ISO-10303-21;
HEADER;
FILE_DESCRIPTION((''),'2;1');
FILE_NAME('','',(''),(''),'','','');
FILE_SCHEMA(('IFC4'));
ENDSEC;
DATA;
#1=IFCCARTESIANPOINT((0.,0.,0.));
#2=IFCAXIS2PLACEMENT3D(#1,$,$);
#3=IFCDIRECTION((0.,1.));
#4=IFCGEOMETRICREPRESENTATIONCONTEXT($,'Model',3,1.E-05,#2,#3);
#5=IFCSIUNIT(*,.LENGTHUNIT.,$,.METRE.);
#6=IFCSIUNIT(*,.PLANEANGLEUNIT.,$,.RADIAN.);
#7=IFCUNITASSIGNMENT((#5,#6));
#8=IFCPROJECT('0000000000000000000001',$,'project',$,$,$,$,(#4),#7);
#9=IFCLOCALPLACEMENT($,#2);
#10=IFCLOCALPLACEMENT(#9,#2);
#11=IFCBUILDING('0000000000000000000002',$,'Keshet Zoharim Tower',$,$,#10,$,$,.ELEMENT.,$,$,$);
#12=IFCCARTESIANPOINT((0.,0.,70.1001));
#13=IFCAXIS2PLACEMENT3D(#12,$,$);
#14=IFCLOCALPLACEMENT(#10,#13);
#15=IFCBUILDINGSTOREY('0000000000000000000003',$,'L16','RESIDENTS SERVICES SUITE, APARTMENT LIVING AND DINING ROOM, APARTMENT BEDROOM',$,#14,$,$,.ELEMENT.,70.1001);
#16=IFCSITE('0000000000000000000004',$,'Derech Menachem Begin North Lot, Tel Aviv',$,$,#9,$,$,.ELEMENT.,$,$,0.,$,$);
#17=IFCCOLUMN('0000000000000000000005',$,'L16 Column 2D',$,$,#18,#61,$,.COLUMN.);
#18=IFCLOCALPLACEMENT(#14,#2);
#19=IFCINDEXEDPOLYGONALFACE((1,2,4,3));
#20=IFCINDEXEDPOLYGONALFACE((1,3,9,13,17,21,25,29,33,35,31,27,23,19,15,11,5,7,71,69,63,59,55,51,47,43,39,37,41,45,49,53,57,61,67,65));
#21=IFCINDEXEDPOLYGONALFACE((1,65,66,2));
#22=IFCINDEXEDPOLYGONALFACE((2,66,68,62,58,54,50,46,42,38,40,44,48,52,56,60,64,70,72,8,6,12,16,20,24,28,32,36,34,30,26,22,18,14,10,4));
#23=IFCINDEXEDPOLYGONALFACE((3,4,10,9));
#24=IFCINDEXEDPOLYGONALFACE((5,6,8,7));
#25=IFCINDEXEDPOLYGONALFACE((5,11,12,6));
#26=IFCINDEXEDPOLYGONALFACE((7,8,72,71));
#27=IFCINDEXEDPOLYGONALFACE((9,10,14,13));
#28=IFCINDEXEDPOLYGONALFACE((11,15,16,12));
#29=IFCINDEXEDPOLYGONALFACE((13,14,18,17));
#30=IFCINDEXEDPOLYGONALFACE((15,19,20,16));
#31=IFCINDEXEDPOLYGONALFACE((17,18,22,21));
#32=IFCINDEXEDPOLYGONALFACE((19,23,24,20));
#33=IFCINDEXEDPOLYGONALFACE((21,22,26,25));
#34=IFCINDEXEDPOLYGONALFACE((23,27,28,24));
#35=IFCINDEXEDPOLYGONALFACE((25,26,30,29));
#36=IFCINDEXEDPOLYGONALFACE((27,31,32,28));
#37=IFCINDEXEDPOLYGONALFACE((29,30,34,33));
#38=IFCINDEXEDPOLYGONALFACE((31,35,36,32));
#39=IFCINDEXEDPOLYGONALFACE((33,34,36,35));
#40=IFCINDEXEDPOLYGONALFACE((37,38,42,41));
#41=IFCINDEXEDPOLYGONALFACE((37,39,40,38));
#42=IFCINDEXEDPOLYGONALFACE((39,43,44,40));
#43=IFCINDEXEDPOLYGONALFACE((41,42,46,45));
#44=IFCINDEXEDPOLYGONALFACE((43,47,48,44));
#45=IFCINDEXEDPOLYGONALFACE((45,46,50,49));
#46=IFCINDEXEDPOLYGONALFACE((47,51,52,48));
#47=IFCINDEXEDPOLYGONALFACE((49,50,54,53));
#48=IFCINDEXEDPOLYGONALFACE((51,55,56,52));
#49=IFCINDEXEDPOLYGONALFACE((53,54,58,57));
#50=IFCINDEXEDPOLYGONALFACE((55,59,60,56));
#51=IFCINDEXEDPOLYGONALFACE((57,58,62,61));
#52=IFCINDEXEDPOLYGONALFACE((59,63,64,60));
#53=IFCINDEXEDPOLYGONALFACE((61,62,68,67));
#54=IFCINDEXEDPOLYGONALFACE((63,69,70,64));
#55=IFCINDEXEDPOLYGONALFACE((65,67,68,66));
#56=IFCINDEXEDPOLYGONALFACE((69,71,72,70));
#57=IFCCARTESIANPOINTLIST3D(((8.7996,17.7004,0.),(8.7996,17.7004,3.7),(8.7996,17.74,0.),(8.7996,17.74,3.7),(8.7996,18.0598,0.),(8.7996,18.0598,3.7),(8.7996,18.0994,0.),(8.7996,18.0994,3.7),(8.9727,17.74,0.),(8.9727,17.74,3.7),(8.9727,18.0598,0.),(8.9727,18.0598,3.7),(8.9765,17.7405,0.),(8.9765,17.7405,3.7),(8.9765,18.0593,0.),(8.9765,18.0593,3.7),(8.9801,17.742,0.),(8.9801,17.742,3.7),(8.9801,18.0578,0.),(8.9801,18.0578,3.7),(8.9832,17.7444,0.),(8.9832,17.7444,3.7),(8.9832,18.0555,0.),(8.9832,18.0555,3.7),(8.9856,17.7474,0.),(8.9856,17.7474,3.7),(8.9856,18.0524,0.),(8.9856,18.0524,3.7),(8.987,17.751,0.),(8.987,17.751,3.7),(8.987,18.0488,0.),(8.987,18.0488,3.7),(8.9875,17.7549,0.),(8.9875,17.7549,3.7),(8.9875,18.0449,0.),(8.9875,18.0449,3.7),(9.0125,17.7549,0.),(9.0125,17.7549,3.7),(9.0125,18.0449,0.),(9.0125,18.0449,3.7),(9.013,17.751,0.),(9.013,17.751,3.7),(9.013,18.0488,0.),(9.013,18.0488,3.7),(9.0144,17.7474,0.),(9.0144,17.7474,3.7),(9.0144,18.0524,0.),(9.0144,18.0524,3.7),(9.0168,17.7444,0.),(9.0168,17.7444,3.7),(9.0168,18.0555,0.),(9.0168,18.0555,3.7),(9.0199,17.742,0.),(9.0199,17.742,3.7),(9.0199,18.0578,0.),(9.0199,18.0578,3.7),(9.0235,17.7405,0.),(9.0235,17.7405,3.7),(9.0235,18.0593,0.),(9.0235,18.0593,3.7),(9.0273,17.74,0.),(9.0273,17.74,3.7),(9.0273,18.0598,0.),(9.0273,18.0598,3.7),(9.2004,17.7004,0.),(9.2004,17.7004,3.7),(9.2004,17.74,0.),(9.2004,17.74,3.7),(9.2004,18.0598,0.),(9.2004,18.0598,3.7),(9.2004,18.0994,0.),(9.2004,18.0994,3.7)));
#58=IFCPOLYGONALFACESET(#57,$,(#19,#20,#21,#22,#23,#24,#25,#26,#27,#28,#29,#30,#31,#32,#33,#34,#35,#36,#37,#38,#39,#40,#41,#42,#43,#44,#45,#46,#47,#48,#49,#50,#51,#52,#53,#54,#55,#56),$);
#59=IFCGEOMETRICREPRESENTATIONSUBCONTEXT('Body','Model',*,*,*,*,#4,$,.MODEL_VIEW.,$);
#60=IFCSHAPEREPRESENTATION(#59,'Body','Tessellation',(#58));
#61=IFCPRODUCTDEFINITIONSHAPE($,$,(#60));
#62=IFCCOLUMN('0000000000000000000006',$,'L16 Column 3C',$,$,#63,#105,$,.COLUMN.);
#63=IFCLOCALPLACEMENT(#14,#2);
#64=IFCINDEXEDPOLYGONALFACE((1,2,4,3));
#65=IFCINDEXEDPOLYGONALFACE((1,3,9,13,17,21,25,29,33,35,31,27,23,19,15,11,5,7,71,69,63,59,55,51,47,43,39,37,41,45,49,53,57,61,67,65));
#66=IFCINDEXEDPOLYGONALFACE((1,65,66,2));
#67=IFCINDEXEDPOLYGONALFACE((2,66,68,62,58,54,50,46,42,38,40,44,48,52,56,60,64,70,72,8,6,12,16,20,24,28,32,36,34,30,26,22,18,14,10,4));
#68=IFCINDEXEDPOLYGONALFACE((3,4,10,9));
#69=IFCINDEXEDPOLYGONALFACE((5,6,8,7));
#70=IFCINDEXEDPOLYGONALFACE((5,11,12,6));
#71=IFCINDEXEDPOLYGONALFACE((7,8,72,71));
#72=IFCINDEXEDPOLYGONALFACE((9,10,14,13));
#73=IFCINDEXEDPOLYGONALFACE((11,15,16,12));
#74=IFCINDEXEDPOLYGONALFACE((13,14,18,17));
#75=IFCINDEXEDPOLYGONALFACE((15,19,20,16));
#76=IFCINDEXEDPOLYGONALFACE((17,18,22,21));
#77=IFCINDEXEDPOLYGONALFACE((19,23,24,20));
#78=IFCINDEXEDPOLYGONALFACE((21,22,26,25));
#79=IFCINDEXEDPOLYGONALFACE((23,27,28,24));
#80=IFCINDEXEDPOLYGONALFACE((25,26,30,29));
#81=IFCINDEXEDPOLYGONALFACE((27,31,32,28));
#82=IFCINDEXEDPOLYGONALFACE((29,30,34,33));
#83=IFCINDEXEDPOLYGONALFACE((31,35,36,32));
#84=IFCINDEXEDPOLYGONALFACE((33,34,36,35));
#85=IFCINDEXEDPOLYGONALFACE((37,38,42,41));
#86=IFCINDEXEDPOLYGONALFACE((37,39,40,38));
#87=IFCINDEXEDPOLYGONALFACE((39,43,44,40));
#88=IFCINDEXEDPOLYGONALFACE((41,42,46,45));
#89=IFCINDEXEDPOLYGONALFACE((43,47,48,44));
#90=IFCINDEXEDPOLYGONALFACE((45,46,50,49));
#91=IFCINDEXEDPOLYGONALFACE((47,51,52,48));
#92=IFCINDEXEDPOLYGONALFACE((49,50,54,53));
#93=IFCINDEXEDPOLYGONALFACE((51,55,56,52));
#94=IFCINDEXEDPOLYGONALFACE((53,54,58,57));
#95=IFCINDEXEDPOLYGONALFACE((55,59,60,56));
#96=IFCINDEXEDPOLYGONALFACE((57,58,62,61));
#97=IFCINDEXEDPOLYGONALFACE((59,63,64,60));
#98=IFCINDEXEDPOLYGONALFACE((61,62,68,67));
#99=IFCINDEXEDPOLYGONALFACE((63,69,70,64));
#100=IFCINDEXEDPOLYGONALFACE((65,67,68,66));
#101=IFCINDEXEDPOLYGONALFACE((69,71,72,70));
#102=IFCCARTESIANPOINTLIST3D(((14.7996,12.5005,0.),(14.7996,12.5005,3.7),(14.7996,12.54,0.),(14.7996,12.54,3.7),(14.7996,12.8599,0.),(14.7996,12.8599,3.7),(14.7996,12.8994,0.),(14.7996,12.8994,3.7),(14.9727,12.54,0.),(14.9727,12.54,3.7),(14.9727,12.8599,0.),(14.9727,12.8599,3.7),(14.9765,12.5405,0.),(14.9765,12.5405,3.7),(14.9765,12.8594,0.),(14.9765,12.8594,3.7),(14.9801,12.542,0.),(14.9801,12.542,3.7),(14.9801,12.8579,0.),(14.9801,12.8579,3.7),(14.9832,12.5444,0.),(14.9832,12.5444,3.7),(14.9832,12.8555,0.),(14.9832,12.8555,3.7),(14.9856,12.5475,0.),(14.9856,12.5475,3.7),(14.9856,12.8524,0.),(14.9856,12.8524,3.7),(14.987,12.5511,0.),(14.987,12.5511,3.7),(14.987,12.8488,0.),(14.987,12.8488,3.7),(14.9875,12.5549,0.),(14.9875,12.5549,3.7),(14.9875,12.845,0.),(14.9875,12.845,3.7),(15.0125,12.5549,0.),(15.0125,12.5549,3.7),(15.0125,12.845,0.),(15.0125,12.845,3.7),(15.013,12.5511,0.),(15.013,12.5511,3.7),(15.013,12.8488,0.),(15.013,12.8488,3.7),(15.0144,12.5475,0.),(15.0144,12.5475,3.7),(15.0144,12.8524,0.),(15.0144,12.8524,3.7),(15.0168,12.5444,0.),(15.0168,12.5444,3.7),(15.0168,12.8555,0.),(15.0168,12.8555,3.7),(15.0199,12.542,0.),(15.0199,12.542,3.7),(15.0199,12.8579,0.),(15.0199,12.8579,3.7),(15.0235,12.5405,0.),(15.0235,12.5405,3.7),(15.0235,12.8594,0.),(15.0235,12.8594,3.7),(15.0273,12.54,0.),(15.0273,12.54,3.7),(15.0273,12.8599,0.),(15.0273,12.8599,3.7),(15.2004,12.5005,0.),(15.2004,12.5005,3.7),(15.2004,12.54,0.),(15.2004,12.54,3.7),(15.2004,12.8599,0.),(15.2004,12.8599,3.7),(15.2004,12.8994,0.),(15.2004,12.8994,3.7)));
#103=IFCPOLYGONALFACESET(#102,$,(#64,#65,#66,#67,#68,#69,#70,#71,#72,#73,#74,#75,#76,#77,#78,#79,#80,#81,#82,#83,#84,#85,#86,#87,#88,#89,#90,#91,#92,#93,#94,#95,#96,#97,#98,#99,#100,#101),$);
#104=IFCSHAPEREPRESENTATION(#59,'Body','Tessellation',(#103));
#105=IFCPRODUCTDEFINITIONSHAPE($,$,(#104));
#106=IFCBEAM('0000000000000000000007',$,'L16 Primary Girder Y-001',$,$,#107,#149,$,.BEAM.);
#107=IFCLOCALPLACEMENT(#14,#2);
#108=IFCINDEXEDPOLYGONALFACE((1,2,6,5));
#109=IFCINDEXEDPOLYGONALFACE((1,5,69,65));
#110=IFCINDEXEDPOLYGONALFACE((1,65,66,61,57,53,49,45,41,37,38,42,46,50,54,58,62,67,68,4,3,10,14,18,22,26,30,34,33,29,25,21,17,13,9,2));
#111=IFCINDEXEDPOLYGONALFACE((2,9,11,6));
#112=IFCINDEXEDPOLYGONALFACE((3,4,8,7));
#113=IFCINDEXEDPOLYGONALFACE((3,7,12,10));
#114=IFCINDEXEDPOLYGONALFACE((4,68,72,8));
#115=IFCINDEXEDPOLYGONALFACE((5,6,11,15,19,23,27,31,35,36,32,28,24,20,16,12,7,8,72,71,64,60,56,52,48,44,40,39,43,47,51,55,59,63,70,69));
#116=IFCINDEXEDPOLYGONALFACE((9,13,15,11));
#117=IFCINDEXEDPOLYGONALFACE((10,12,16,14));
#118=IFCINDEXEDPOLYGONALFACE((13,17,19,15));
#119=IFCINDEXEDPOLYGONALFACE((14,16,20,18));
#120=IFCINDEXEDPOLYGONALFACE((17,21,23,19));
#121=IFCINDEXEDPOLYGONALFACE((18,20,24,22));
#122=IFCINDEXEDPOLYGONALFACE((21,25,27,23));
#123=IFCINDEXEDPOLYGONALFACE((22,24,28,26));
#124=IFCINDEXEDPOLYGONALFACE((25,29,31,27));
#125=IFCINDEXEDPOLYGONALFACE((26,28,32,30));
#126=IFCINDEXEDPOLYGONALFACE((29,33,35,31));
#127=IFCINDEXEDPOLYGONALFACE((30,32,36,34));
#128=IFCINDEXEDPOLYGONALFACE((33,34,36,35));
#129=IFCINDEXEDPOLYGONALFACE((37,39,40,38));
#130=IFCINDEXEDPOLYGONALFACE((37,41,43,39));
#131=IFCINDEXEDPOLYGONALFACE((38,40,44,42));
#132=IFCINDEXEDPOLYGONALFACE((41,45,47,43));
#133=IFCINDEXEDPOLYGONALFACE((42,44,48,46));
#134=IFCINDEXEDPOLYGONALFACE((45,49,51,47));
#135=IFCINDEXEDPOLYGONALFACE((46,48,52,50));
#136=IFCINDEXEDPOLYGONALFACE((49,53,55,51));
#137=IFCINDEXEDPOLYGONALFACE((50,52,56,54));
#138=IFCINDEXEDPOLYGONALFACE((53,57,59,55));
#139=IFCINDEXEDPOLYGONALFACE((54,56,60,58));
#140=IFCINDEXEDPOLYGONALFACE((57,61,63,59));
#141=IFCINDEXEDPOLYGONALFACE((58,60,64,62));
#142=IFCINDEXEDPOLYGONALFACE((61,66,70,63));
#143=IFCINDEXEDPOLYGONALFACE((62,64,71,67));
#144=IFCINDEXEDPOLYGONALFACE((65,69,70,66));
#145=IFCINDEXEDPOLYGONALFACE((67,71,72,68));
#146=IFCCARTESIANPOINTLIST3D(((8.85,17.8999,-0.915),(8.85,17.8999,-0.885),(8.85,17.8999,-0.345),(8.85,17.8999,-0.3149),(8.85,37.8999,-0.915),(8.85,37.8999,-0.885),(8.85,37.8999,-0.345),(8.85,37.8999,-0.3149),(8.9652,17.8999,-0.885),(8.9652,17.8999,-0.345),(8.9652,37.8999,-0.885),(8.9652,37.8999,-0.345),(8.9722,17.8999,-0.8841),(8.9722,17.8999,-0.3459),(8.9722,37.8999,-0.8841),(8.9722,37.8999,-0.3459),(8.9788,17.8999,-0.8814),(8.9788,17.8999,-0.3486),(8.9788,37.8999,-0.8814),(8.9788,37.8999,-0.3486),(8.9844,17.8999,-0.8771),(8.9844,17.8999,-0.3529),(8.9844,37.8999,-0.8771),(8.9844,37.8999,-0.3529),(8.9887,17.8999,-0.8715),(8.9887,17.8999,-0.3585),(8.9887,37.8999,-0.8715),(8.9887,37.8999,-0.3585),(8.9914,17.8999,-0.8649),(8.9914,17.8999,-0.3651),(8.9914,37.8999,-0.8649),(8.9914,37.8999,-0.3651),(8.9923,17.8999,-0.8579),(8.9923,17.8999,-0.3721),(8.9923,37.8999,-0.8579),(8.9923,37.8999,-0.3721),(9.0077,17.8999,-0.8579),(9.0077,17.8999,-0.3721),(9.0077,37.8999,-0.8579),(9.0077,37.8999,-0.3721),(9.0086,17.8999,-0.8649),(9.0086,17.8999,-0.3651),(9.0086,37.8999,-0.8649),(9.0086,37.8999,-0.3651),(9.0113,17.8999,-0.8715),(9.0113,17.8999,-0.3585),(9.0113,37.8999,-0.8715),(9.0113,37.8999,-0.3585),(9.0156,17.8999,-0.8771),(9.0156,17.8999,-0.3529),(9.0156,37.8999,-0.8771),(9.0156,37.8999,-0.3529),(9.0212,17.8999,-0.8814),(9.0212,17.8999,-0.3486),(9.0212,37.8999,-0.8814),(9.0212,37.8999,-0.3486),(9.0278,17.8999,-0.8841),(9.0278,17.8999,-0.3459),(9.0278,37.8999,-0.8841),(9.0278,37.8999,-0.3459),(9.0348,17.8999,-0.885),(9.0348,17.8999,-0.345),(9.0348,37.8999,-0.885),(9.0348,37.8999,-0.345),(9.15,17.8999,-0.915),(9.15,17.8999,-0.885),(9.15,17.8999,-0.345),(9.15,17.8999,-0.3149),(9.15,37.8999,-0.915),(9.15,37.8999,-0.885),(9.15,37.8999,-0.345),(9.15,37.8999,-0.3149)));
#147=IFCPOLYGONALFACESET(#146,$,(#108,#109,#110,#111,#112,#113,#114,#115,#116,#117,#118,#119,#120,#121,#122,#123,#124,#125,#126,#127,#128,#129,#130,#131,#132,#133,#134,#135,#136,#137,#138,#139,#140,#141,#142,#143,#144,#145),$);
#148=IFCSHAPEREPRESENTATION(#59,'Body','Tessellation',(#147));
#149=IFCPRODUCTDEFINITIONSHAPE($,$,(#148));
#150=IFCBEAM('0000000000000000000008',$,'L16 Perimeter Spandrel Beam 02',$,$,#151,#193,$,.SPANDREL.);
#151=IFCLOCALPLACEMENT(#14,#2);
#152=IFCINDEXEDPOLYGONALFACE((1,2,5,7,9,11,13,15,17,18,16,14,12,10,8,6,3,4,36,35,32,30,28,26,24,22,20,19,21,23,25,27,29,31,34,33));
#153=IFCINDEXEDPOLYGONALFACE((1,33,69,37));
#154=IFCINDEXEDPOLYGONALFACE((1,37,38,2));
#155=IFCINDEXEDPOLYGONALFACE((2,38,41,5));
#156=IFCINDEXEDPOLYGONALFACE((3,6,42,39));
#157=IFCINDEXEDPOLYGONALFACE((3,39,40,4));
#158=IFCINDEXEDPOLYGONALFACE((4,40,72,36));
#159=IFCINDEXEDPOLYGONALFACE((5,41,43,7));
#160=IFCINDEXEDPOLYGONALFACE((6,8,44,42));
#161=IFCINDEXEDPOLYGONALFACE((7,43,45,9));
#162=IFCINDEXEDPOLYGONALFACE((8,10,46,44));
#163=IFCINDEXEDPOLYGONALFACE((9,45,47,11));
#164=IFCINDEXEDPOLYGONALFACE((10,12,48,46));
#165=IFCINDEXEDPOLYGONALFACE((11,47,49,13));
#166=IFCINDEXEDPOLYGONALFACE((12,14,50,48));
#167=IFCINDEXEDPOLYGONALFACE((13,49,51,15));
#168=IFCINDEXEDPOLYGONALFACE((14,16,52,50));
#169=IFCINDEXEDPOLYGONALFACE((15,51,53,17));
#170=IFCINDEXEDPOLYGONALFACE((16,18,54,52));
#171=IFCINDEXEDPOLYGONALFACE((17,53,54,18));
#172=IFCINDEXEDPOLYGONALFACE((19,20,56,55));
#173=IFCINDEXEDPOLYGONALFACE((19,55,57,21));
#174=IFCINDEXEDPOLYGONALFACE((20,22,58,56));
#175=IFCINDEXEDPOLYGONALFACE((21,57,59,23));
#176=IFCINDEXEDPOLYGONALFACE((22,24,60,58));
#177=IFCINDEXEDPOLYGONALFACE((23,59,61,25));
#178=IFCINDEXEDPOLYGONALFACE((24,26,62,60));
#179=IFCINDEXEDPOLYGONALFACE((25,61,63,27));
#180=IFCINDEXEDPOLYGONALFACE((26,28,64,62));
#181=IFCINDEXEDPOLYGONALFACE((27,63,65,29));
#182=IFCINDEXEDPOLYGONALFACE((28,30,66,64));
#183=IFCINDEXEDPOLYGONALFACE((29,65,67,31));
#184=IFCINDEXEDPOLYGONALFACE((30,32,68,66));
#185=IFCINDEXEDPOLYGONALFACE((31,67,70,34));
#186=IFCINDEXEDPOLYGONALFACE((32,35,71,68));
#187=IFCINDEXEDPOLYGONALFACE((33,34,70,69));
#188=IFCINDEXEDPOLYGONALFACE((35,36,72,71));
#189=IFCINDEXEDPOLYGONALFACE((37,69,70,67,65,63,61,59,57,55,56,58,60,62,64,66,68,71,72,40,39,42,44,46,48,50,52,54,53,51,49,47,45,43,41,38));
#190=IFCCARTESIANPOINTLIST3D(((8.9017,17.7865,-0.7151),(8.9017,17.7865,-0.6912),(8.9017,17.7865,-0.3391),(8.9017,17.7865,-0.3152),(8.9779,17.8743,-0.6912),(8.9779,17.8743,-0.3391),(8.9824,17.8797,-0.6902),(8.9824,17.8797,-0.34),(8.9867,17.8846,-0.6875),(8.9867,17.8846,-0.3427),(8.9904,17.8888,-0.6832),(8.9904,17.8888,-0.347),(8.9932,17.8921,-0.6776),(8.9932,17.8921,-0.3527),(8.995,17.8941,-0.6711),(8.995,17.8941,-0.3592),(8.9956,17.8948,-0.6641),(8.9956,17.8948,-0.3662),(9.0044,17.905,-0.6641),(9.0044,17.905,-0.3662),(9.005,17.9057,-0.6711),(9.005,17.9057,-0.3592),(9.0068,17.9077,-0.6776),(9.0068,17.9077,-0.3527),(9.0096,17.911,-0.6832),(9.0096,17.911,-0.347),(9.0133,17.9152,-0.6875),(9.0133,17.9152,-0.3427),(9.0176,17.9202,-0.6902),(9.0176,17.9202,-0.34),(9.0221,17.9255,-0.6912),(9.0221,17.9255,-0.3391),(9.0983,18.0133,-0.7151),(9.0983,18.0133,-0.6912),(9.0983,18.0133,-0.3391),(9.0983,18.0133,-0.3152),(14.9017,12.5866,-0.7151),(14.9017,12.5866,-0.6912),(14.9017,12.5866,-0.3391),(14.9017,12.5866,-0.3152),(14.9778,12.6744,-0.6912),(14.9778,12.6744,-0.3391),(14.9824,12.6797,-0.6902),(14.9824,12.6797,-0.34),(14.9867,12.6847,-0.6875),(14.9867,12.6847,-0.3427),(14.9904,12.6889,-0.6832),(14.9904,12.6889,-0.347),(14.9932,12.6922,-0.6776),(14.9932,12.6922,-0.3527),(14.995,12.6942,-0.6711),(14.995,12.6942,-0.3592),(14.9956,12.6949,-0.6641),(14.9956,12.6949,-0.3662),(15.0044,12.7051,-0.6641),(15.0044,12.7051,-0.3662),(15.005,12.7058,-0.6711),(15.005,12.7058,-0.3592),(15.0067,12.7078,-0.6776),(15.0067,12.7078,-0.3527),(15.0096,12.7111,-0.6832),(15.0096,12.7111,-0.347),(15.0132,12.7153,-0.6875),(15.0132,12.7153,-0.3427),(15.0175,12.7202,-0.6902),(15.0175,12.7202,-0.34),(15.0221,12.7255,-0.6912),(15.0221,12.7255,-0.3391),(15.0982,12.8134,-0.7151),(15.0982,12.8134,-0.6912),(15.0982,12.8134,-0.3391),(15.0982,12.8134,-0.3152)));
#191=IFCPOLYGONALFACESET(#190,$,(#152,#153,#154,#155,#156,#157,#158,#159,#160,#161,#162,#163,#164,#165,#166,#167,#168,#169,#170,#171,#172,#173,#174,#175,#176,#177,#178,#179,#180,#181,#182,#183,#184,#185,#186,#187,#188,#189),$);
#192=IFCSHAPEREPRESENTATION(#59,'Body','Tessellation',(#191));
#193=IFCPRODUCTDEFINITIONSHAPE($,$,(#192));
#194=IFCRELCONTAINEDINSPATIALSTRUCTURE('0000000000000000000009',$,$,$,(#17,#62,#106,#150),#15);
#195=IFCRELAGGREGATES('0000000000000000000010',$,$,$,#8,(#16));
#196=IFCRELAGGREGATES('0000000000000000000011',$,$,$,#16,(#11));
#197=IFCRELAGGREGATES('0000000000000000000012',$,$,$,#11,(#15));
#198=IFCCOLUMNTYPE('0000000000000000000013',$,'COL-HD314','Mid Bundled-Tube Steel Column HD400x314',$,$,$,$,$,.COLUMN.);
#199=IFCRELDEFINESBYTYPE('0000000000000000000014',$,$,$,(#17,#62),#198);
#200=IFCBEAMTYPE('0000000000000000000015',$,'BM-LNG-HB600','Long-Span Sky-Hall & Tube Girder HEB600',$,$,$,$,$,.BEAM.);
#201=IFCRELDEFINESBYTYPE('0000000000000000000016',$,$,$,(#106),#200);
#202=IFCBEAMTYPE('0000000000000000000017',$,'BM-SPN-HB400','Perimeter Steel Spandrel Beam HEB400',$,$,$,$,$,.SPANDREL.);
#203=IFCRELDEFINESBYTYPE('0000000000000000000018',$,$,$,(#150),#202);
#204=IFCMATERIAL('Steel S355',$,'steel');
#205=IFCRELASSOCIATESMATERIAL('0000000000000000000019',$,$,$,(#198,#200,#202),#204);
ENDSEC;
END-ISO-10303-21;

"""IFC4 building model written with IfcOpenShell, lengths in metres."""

from ifc_helpers import new_model, si_unit, direction, frame, origin, origin_2d, place, context, subcontext, project, spatial, i_section, extrude, material, material_profile, profile_set, type_object, element, save


model = new_model("IFC4")

# Units and contexts
model_context = context("Model", 3, precision=1e-05, world=origin(), true_north=direction((0.0, 1.0)))
body_context = subcontext(model_context, "Body", "Model", "MODEL_VIEW")
ifc_project = project(units=[si_unit("LENGTHUNIT", "METRE"), si_unit("PLANEANGLEUNIT", "RADIAN")], contexts=[model_context])

# Site, building, storey
site_placement = place(None, origin())
site = spatial("IfcSite", under=ifc_project, at=site_placement, Name="Derech Menachem Begin North Lot, Tel Aviv", CompositionType="ELEMENT", RefElevation=0.0)
building_placement = place(site_placement, origin())
building = spatial("IfcBuilding", under=site, at=building_placement, Name="Keshet Zoharim Tower", CompositionType="ELEMENT")
storey_placement = place(building_placement, frame((0.0, 0.0, 70.1001)))
storey = spatial("IfcBuildingStorey", under=building, at=storey_placement, Name="L16", Description="RESIDENTS SERVICES SUITE, APARTMENT LIVING AND DINING ROOM, APARTMENT BEDROOM", CompositionType="ELEMENT", Elevation=70.1001)

# Columns
ifc_material_1 = material(Name="Steel S355", Category="steel")
ifc_material_profile_1 = material_profile(ifc_material_1, i_section(OverallWidth=0.4009, OverallDepth=0.3989, WebThickness=0.0249, FlangeThickness=0.0396, FilletRadius=0.0149, at=origin_2d()), Name="HD400x314")
ifc_profile_set_1 = profile_set([ifc_material_profile_1], Name="Steel S355")
column_type = type_object("IfcColumnType", Name="COL-HD314", Description="Mid Bundled-Tube Steel Column HD400x314", PredefinedType="COLUMN", material=ifc_profile_set_1)
for number, where, z_axis, x_axis, name in (
    (1, (9.0, 17.8999, 0.0), (0.0, 0.0, 1.0), (1.0, 0.0, 0.0), "L16 Column 2D"),
    (2, (15.0, 12.7, 0.0), (0.0, 0.0, 1.0), (1.0, 0.0, 0.0), "L16 Column 3C"),
):
    element("IfcColumn", number, at=place(storey_placement, frame(where, z_axis=z_axis, x_axis=x_axis)), inside=storey, type_object=column_type, Name=name, PredefinedType="COLUMN", context=body_context, shape_type="SweptSolid", body=[
        extrude(i_section(OverallWidth=0.4009, OverallDepth=0.3989, WebThickness=0.0249, FlangeThickness=0.0396, FilletRadius=0.0149, at=origin_2d()), origin(), (0.0, 0.0, 1.0), 3.7),
    ])

# Beams
ifc_material_profile_2 = material_profile(ifc_material_1, i_section(OverallWidth=0.3, OverallDepth=0.6001, WebThickness=0.0154, FlangeThickness=0.03, FilletRadius=0.0271, at=origin_2d()), Name="HEB600")
ifc_profile_set_2 = profile_set([ifc_material_profile_2], Name="Steel S355")
beam_type_1 = type_object("IfcBeamType", Name="BM-LNG-HB600", Description="Long-Span Sky-Hall & Tube Girder HEB600", PredefinedType="BEAM", material=ifc_profile_set_2)
beam_1_placement = place(storey_placement, frame((9.0, 17.8999, -0.615), z_axis=(0.0, 1.0, 0.0), x_axis=(-1.0, 0.0, 0.0)))
element("IfcBeam", 3, at=beam_1_placement, inside=storey, type_object=beam_type_1, Name="L16 Primary Girder Y-001", PredefinedType="BEAM", context=body_context, shape_type="SweptSolid", body=[
    extrude(i_section(OverallWidth=0.3, OverallDepth=0.6001, WebThickness=0.0154, FlangeThickness=0.03, FilletRadius=0.0271, at=origin_2d()), origin(), (0.0, 0.0, 1.0), 20.0),
])
ifc_material_profile_3 = material_profile(ifc_material_1, i_section(OverallWidth=0.3, OverallDepth=0.3999, WebThickness=0.0134, FlangeThickness=0.0239, FilletRadius=0.0271, at=origin_2d()), Name="HEB400")
ifc_profile_set_3 = profile_set([ifc_material_profile_3], Name="Steel S355")
beam_type_2 = type_object("IfcBeamType", Name="BM-SPN-HB400", Description="Perimeter Steel Spandrel Beam HEB400", PredefinedType="SPANDREL", material=ifc_profile_set_3)
beam_2_placement = place(storey_placement, frame((9.0, 17.8999, -0.5151), z_axis=(0.755692, -0.654927, 0.0), x_axis=(0.654927, 0.755692, 0.0)))
element("IfcBeam", 4, at=beam_2_placement, inside=storey, type_object=beam_type_2, Name="L16 Perimeter Spandrel Beam 02", PredefinedType="SPANDREL", context=body_context, shape_type="SweptSolid", body=[
    extrude(i_section(OverallWidth=0.3, OverallDepth=0.3999, WebThickness=0.0134, FlangeThickness=0.0239, FilletRadius=0.0271, at=origin_2d()), origin(), (0.0, 0.0, 1.0), 7.9397),
])

save(model, "model.ifc")
